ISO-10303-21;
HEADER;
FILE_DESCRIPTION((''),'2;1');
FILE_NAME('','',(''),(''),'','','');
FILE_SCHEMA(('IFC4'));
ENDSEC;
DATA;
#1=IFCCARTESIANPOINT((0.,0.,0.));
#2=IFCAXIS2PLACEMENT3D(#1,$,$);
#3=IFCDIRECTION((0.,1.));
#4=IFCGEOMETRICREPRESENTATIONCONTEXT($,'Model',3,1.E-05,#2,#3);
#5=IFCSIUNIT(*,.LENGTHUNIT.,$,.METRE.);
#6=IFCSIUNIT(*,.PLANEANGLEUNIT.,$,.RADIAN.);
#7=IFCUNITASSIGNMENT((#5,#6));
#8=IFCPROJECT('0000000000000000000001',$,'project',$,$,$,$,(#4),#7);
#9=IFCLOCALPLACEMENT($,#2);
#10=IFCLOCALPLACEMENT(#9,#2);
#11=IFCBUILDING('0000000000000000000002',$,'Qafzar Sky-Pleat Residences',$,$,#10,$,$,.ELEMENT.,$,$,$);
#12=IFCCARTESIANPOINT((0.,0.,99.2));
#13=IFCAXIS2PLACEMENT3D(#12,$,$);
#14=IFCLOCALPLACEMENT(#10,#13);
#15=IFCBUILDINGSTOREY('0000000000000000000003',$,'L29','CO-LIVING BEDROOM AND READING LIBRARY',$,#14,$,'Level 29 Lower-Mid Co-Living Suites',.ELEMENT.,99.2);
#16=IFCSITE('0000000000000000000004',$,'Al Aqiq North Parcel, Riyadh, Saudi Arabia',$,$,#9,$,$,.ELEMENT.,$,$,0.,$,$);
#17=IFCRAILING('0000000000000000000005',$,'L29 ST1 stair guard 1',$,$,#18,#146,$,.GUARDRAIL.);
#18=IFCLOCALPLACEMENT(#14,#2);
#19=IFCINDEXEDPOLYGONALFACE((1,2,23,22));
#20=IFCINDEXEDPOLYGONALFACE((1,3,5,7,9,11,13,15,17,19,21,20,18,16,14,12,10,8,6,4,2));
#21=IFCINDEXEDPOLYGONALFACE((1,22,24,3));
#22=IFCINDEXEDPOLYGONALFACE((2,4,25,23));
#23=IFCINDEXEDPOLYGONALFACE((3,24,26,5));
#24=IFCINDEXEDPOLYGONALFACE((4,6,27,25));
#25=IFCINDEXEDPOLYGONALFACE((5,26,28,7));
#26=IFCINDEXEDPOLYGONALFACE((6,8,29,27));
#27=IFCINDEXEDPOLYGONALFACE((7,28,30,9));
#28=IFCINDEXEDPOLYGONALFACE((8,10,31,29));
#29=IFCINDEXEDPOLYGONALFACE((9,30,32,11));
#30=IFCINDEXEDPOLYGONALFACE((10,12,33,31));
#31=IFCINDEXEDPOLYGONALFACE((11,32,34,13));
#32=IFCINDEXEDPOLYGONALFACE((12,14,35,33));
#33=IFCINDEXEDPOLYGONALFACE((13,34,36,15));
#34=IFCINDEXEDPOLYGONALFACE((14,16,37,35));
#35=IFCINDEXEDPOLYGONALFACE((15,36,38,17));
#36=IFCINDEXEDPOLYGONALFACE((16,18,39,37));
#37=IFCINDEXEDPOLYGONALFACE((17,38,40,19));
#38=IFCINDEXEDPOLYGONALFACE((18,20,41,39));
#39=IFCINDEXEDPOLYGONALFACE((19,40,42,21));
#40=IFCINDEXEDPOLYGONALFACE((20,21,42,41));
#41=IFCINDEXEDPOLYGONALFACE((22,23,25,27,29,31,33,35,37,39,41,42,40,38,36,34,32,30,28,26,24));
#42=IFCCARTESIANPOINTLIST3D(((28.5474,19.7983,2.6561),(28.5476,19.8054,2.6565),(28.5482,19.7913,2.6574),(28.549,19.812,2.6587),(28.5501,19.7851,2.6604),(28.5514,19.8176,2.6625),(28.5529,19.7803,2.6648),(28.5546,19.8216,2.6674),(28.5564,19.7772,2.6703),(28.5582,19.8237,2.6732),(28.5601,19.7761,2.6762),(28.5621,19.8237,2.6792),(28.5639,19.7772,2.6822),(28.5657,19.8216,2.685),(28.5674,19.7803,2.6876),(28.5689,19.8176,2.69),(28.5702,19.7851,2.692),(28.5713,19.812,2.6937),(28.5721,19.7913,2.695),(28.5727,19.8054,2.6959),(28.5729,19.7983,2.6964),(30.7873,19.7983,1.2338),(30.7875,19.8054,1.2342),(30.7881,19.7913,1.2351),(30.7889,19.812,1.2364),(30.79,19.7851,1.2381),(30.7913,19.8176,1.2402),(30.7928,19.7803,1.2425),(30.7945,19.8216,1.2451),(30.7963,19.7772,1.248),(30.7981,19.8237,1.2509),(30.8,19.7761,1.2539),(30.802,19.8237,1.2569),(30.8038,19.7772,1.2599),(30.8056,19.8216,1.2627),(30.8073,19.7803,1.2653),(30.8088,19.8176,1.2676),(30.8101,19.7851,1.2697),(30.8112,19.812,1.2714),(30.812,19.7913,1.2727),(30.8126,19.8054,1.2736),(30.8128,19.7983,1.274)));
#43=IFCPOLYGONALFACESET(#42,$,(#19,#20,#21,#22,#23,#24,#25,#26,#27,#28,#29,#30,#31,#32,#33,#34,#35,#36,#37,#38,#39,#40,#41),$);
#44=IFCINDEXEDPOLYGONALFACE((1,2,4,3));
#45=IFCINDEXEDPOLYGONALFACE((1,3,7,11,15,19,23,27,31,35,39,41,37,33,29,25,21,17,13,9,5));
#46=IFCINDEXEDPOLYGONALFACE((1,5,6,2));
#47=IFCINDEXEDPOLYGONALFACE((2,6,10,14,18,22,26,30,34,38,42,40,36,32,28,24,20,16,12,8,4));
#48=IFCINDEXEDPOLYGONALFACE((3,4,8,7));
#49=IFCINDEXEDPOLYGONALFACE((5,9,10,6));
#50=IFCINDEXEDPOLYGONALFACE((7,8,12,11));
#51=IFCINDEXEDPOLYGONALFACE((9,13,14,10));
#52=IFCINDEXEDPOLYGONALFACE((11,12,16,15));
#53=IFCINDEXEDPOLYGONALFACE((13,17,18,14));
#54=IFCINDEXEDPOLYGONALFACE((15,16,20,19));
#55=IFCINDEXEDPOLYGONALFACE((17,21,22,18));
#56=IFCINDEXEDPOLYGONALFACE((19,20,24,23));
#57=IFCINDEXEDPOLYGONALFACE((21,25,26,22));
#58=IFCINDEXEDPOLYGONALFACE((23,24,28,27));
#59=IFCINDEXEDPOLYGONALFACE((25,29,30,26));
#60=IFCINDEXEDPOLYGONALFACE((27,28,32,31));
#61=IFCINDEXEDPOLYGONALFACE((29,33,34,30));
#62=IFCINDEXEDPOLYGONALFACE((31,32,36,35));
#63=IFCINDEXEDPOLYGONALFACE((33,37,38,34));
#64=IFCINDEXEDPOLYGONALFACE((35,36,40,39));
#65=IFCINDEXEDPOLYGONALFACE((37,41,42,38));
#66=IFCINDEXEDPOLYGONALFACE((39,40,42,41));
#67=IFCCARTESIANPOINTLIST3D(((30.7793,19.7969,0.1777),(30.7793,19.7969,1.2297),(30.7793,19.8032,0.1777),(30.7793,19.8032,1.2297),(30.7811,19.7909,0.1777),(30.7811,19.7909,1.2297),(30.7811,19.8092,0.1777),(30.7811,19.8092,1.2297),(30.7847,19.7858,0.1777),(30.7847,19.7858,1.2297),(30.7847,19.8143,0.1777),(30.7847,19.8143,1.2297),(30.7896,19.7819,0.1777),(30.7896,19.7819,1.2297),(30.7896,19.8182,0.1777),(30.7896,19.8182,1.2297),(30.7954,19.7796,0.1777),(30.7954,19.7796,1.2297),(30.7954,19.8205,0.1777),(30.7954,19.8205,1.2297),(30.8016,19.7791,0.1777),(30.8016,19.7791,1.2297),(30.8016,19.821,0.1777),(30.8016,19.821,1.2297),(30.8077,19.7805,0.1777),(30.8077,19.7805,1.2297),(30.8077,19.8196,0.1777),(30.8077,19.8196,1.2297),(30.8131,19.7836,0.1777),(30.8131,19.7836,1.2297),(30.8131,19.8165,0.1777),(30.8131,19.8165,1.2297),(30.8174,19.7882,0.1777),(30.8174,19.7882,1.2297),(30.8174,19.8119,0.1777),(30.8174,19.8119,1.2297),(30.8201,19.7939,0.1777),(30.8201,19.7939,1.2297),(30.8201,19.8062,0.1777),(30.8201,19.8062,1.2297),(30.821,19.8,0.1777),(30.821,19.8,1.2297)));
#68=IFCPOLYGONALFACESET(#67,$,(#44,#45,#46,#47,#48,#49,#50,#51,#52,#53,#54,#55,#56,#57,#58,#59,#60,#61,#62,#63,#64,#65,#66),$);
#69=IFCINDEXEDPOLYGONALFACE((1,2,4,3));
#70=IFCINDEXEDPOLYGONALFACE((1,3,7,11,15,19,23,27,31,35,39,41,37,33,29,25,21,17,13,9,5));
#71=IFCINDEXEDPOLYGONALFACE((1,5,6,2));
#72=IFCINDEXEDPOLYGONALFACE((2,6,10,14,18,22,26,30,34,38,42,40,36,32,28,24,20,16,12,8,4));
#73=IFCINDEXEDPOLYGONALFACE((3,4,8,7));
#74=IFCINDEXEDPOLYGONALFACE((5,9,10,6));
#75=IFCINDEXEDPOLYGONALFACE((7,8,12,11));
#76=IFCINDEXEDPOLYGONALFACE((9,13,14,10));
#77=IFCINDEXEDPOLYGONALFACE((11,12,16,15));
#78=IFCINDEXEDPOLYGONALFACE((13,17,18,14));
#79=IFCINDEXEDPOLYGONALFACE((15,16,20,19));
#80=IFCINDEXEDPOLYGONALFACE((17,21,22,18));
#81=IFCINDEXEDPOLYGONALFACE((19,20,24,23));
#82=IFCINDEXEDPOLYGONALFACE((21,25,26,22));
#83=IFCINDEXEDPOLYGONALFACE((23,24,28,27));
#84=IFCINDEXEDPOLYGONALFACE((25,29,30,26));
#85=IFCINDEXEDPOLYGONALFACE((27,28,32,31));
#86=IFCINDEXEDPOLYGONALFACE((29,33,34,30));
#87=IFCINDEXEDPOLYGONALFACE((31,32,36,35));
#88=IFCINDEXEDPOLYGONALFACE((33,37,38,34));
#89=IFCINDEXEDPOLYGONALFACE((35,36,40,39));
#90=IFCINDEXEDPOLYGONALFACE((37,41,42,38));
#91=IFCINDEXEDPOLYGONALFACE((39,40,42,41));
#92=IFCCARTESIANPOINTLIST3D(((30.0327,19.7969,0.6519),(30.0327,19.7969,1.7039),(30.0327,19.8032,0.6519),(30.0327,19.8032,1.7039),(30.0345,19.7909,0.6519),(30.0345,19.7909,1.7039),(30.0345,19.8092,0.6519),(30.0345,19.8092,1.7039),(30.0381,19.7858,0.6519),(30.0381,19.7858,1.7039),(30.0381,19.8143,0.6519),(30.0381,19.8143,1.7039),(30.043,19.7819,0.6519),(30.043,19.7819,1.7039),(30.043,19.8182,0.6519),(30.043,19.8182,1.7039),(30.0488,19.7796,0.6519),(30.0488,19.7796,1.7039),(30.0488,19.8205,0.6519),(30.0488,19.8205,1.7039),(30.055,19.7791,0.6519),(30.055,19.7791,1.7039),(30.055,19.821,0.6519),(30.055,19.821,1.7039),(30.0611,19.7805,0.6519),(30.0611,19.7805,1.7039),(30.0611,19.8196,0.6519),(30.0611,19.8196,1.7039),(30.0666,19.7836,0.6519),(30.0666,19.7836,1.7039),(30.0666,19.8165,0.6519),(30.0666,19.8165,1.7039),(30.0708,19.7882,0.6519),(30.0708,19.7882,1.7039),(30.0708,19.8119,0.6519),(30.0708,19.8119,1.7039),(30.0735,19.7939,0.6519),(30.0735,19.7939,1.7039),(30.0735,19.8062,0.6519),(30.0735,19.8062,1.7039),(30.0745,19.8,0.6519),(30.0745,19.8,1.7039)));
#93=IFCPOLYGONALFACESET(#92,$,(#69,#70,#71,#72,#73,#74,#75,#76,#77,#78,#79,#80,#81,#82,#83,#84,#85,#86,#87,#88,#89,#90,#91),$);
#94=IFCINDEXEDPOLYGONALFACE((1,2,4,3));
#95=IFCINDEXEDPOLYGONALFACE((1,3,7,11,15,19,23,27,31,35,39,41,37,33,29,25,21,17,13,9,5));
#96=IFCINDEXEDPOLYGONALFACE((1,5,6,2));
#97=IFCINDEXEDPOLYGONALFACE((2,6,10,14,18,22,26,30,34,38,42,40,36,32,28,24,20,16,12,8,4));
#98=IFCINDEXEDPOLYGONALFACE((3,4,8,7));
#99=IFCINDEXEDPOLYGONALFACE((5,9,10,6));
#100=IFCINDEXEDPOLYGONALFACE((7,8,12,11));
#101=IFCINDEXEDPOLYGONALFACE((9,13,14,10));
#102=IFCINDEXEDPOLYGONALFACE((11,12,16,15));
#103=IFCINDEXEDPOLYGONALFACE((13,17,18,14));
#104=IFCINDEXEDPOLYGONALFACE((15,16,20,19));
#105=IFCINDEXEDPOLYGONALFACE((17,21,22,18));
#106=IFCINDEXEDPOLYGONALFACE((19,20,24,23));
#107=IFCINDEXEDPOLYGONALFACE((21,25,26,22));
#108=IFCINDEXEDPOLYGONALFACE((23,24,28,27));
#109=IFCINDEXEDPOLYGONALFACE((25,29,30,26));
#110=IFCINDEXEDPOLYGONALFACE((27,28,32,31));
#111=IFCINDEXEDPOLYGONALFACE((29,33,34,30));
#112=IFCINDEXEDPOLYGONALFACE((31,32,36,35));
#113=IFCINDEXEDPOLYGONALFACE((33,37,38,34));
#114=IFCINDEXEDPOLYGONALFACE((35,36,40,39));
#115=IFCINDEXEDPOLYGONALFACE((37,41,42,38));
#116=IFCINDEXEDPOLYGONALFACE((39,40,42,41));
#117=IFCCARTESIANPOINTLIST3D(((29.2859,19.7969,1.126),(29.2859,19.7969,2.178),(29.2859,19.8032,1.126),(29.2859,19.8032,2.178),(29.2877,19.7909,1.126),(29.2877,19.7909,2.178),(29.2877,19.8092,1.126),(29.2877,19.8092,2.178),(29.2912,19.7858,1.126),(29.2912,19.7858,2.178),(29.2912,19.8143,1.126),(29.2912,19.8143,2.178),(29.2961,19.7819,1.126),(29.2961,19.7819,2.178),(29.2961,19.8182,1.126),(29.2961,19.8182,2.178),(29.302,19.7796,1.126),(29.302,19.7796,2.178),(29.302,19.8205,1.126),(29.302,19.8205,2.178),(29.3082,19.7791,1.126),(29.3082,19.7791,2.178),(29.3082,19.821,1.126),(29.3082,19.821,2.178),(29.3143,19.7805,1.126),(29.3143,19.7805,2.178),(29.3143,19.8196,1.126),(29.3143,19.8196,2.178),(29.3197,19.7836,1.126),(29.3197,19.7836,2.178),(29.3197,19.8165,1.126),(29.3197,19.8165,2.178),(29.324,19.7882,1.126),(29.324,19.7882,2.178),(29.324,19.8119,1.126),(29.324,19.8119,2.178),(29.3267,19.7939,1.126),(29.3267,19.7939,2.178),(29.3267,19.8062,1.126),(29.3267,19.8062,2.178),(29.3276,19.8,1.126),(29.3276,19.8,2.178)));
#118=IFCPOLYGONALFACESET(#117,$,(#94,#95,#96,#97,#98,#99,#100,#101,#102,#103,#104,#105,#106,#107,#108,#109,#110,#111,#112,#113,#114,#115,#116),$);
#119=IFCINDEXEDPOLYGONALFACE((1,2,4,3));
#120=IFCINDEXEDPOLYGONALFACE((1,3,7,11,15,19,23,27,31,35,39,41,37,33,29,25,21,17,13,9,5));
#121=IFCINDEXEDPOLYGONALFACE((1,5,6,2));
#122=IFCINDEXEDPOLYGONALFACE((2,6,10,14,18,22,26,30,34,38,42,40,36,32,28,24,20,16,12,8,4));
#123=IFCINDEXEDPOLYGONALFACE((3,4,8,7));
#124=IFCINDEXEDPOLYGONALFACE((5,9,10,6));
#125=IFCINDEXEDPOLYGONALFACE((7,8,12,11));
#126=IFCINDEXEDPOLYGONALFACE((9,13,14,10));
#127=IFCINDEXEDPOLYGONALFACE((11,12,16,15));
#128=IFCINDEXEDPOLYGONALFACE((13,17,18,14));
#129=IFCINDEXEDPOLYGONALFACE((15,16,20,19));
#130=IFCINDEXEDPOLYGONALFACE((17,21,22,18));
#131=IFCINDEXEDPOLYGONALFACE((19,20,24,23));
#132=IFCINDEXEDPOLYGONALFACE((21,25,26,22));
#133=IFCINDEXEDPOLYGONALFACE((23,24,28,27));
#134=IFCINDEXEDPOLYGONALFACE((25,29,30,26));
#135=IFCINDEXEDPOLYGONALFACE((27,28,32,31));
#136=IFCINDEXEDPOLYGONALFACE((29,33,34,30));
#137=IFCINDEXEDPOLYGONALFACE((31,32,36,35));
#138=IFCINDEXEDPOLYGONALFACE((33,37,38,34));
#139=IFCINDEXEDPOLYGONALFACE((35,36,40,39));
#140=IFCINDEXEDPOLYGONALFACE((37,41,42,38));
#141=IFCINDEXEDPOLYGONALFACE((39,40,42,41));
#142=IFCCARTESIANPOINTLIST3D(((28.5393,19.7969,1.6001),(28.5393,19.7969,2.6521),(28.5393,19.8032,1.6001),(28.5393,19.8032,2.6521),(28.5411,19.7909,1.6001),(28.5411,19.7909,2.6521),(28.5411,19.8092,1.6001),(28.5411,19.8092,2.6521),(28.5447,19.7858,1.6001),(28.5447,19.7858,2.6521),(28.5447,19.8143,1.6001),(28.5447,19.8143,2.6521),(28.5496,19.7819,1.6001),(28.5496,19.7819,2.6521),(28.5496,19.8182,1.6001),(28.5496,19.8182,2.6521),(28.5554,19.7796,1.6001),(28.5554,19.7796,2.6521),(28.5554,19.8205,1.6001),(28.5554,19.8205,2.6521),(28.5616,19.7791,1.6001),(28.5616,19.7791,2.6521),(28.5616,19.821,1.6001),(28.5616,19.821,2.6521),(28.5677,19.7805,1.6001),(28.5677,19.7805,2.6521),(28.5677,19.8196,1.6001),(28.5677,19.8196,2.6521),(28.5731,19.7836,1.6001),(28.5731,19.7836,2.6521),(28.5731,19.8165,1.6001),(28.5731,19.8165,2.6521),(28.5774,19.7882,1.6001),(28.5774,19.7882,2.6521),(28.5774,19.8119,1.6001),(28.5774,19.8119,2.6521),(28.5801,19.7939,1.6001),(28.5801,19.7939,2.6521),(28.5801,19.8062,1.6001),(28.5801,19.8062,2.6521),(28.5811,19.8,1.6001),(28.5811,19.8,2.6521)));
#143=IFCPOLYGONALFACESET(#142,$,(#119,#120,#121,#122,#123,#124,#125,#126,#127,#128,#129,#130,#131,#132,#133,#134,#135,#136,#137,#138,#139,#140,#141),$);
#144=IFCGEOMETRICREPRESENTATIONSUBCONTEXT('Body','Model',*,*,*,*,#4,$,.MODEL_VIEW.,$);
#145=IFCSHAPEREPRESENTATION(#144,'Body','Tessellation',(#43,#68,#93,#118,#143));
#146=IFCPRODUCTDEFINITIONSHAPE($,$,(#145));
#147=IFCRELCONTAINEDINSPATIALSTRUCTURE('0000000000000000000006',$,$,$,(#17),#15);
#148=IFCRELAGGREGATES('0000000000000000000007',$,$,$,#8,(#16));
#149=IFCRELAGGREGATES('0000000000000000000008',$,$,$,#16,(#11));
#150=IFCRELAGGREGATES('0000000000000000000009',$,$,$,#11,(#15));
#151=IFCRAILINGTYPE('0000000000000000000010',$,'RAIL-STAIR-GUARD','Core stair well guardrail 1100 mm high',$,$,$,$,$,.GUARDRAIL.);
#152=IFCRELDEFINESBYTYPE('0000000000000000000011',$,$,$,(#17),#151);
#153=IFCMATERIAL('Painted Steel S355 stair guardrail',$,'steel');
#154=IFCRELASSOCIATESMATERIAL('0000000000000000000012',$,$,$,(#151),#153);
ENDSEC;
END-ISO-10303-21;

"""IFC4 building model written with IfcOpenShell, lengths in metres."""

from ifc_helpers import new_model, si_unit, direction, frame, origin, origin_2d, place, context, subcontext, project, spatial, circle, extrude, source, transform, mapped, material, type_object, element, save


model = new_model("IFC4")

# Units and contexts
model_context = context("Model", 3, precision=1e-05, world=origin(), true_north=direction((0.0, 1.0)))
body_context = subcontext(model_context, "Body", "Model", "MODEL_VIEW")
ifc_project = project(units=[si_unit("LENGTHUNIT", "METRE"), si_unit("PLANEANGLEUNIT", "RADIAN")], contexts=[model_context])

# Site, building, storey
site_placement = place(None, origin())
site = spatial("IfcSite", under=ifc_project, at=site_placement, Name="Al Aqiq North Parcel, Riyadh, Saudi Arabia", CompositionType="ELEMENT", RefElevation=0.0)
building_placement = place(site_placement, origin())
building = spatial("IfcBuilding", under=site, at=building_placement, Name="Qafzar Sky-Pleat Residences", CompositionType="ELEMENT")
storey_placement = place(building_placement, frame((0.0, 0.0, 99.2)))
storey = spatial("IfcBuildingStorey", under=building, at=storey_placement, Name="L29", Description="CO-LIVING BEDROOM AND READING LIBRARY", LongName="Level 29 Lower-Mid Co-Living Suites", CompositionType="ELEMENT", Elevation=99.2)

# Railing
ifc_material_1 = material(Name="Painted Steel S355 stair guardrail", Category="steel")
railing_type_1 = type_object("IfcRailingType", Name="RAIL-STAIR-GUARD", Description="Core stair well guardrail 1100 mm high", PredefinedType="GUARDRAIL", material=ifc_material_1)
shared_shape_1 = source(origin(), body_context, "Body", "SweptSolid", [
    extrude(circle(Radius=0.0239, at=origin_2d()), frame((0.0, 0.0, 1.0762), z_axis=(-0.844188, 0.0, 0.536048), x_axis=(0.0, -1.0, 0.0)), (0.0, 0.0, 1.0), 2.6533),
    extrude(circle(Radius=0.021, at=origin_2d()), origin(), (0.0, 0.0, 1.0), 1.052),
    extrude(circle(Radius=0.021, at=origin_2d()), frame((-0.7466, 0.0, 0.4741)), (0.0, 0.0, 1.0), 1.052),
    extrude(circle(Radius=0.021, at=origin_2d()), frame((-1.4934, 0.0, 0.9482)), (0.0, 0.0, 1.0), 1.052),
    extrude(circle(Radius=0.021, at=origin_2d()), frame((-2.24, 0.0, 1.4224)), (0.0, 0.0, 1.0), 1.052),
])
railing_1_placement = place(storey_placement, frame((30.8, 19.8, 0.1777)))
element("IfcRailing", 1, at=railing_1_placement, inside=storey, type_object=railing_type_1, Name="L29 ST1 stair guard 1", PredefinedType="GUARDRAIL", context=body_context, shape_type="MappedRepresentation", body=[
    mapped(shared_shape_1, transform((0.0, 0.0, 0.0), x_axis=(1.0, 0.0, 0.0), y_axis=(0.0, 1.0, 0.0), z_axis=(0.0, 0.0, 1.0), scale=1.0)),
])

save(model, "model.ifc")
